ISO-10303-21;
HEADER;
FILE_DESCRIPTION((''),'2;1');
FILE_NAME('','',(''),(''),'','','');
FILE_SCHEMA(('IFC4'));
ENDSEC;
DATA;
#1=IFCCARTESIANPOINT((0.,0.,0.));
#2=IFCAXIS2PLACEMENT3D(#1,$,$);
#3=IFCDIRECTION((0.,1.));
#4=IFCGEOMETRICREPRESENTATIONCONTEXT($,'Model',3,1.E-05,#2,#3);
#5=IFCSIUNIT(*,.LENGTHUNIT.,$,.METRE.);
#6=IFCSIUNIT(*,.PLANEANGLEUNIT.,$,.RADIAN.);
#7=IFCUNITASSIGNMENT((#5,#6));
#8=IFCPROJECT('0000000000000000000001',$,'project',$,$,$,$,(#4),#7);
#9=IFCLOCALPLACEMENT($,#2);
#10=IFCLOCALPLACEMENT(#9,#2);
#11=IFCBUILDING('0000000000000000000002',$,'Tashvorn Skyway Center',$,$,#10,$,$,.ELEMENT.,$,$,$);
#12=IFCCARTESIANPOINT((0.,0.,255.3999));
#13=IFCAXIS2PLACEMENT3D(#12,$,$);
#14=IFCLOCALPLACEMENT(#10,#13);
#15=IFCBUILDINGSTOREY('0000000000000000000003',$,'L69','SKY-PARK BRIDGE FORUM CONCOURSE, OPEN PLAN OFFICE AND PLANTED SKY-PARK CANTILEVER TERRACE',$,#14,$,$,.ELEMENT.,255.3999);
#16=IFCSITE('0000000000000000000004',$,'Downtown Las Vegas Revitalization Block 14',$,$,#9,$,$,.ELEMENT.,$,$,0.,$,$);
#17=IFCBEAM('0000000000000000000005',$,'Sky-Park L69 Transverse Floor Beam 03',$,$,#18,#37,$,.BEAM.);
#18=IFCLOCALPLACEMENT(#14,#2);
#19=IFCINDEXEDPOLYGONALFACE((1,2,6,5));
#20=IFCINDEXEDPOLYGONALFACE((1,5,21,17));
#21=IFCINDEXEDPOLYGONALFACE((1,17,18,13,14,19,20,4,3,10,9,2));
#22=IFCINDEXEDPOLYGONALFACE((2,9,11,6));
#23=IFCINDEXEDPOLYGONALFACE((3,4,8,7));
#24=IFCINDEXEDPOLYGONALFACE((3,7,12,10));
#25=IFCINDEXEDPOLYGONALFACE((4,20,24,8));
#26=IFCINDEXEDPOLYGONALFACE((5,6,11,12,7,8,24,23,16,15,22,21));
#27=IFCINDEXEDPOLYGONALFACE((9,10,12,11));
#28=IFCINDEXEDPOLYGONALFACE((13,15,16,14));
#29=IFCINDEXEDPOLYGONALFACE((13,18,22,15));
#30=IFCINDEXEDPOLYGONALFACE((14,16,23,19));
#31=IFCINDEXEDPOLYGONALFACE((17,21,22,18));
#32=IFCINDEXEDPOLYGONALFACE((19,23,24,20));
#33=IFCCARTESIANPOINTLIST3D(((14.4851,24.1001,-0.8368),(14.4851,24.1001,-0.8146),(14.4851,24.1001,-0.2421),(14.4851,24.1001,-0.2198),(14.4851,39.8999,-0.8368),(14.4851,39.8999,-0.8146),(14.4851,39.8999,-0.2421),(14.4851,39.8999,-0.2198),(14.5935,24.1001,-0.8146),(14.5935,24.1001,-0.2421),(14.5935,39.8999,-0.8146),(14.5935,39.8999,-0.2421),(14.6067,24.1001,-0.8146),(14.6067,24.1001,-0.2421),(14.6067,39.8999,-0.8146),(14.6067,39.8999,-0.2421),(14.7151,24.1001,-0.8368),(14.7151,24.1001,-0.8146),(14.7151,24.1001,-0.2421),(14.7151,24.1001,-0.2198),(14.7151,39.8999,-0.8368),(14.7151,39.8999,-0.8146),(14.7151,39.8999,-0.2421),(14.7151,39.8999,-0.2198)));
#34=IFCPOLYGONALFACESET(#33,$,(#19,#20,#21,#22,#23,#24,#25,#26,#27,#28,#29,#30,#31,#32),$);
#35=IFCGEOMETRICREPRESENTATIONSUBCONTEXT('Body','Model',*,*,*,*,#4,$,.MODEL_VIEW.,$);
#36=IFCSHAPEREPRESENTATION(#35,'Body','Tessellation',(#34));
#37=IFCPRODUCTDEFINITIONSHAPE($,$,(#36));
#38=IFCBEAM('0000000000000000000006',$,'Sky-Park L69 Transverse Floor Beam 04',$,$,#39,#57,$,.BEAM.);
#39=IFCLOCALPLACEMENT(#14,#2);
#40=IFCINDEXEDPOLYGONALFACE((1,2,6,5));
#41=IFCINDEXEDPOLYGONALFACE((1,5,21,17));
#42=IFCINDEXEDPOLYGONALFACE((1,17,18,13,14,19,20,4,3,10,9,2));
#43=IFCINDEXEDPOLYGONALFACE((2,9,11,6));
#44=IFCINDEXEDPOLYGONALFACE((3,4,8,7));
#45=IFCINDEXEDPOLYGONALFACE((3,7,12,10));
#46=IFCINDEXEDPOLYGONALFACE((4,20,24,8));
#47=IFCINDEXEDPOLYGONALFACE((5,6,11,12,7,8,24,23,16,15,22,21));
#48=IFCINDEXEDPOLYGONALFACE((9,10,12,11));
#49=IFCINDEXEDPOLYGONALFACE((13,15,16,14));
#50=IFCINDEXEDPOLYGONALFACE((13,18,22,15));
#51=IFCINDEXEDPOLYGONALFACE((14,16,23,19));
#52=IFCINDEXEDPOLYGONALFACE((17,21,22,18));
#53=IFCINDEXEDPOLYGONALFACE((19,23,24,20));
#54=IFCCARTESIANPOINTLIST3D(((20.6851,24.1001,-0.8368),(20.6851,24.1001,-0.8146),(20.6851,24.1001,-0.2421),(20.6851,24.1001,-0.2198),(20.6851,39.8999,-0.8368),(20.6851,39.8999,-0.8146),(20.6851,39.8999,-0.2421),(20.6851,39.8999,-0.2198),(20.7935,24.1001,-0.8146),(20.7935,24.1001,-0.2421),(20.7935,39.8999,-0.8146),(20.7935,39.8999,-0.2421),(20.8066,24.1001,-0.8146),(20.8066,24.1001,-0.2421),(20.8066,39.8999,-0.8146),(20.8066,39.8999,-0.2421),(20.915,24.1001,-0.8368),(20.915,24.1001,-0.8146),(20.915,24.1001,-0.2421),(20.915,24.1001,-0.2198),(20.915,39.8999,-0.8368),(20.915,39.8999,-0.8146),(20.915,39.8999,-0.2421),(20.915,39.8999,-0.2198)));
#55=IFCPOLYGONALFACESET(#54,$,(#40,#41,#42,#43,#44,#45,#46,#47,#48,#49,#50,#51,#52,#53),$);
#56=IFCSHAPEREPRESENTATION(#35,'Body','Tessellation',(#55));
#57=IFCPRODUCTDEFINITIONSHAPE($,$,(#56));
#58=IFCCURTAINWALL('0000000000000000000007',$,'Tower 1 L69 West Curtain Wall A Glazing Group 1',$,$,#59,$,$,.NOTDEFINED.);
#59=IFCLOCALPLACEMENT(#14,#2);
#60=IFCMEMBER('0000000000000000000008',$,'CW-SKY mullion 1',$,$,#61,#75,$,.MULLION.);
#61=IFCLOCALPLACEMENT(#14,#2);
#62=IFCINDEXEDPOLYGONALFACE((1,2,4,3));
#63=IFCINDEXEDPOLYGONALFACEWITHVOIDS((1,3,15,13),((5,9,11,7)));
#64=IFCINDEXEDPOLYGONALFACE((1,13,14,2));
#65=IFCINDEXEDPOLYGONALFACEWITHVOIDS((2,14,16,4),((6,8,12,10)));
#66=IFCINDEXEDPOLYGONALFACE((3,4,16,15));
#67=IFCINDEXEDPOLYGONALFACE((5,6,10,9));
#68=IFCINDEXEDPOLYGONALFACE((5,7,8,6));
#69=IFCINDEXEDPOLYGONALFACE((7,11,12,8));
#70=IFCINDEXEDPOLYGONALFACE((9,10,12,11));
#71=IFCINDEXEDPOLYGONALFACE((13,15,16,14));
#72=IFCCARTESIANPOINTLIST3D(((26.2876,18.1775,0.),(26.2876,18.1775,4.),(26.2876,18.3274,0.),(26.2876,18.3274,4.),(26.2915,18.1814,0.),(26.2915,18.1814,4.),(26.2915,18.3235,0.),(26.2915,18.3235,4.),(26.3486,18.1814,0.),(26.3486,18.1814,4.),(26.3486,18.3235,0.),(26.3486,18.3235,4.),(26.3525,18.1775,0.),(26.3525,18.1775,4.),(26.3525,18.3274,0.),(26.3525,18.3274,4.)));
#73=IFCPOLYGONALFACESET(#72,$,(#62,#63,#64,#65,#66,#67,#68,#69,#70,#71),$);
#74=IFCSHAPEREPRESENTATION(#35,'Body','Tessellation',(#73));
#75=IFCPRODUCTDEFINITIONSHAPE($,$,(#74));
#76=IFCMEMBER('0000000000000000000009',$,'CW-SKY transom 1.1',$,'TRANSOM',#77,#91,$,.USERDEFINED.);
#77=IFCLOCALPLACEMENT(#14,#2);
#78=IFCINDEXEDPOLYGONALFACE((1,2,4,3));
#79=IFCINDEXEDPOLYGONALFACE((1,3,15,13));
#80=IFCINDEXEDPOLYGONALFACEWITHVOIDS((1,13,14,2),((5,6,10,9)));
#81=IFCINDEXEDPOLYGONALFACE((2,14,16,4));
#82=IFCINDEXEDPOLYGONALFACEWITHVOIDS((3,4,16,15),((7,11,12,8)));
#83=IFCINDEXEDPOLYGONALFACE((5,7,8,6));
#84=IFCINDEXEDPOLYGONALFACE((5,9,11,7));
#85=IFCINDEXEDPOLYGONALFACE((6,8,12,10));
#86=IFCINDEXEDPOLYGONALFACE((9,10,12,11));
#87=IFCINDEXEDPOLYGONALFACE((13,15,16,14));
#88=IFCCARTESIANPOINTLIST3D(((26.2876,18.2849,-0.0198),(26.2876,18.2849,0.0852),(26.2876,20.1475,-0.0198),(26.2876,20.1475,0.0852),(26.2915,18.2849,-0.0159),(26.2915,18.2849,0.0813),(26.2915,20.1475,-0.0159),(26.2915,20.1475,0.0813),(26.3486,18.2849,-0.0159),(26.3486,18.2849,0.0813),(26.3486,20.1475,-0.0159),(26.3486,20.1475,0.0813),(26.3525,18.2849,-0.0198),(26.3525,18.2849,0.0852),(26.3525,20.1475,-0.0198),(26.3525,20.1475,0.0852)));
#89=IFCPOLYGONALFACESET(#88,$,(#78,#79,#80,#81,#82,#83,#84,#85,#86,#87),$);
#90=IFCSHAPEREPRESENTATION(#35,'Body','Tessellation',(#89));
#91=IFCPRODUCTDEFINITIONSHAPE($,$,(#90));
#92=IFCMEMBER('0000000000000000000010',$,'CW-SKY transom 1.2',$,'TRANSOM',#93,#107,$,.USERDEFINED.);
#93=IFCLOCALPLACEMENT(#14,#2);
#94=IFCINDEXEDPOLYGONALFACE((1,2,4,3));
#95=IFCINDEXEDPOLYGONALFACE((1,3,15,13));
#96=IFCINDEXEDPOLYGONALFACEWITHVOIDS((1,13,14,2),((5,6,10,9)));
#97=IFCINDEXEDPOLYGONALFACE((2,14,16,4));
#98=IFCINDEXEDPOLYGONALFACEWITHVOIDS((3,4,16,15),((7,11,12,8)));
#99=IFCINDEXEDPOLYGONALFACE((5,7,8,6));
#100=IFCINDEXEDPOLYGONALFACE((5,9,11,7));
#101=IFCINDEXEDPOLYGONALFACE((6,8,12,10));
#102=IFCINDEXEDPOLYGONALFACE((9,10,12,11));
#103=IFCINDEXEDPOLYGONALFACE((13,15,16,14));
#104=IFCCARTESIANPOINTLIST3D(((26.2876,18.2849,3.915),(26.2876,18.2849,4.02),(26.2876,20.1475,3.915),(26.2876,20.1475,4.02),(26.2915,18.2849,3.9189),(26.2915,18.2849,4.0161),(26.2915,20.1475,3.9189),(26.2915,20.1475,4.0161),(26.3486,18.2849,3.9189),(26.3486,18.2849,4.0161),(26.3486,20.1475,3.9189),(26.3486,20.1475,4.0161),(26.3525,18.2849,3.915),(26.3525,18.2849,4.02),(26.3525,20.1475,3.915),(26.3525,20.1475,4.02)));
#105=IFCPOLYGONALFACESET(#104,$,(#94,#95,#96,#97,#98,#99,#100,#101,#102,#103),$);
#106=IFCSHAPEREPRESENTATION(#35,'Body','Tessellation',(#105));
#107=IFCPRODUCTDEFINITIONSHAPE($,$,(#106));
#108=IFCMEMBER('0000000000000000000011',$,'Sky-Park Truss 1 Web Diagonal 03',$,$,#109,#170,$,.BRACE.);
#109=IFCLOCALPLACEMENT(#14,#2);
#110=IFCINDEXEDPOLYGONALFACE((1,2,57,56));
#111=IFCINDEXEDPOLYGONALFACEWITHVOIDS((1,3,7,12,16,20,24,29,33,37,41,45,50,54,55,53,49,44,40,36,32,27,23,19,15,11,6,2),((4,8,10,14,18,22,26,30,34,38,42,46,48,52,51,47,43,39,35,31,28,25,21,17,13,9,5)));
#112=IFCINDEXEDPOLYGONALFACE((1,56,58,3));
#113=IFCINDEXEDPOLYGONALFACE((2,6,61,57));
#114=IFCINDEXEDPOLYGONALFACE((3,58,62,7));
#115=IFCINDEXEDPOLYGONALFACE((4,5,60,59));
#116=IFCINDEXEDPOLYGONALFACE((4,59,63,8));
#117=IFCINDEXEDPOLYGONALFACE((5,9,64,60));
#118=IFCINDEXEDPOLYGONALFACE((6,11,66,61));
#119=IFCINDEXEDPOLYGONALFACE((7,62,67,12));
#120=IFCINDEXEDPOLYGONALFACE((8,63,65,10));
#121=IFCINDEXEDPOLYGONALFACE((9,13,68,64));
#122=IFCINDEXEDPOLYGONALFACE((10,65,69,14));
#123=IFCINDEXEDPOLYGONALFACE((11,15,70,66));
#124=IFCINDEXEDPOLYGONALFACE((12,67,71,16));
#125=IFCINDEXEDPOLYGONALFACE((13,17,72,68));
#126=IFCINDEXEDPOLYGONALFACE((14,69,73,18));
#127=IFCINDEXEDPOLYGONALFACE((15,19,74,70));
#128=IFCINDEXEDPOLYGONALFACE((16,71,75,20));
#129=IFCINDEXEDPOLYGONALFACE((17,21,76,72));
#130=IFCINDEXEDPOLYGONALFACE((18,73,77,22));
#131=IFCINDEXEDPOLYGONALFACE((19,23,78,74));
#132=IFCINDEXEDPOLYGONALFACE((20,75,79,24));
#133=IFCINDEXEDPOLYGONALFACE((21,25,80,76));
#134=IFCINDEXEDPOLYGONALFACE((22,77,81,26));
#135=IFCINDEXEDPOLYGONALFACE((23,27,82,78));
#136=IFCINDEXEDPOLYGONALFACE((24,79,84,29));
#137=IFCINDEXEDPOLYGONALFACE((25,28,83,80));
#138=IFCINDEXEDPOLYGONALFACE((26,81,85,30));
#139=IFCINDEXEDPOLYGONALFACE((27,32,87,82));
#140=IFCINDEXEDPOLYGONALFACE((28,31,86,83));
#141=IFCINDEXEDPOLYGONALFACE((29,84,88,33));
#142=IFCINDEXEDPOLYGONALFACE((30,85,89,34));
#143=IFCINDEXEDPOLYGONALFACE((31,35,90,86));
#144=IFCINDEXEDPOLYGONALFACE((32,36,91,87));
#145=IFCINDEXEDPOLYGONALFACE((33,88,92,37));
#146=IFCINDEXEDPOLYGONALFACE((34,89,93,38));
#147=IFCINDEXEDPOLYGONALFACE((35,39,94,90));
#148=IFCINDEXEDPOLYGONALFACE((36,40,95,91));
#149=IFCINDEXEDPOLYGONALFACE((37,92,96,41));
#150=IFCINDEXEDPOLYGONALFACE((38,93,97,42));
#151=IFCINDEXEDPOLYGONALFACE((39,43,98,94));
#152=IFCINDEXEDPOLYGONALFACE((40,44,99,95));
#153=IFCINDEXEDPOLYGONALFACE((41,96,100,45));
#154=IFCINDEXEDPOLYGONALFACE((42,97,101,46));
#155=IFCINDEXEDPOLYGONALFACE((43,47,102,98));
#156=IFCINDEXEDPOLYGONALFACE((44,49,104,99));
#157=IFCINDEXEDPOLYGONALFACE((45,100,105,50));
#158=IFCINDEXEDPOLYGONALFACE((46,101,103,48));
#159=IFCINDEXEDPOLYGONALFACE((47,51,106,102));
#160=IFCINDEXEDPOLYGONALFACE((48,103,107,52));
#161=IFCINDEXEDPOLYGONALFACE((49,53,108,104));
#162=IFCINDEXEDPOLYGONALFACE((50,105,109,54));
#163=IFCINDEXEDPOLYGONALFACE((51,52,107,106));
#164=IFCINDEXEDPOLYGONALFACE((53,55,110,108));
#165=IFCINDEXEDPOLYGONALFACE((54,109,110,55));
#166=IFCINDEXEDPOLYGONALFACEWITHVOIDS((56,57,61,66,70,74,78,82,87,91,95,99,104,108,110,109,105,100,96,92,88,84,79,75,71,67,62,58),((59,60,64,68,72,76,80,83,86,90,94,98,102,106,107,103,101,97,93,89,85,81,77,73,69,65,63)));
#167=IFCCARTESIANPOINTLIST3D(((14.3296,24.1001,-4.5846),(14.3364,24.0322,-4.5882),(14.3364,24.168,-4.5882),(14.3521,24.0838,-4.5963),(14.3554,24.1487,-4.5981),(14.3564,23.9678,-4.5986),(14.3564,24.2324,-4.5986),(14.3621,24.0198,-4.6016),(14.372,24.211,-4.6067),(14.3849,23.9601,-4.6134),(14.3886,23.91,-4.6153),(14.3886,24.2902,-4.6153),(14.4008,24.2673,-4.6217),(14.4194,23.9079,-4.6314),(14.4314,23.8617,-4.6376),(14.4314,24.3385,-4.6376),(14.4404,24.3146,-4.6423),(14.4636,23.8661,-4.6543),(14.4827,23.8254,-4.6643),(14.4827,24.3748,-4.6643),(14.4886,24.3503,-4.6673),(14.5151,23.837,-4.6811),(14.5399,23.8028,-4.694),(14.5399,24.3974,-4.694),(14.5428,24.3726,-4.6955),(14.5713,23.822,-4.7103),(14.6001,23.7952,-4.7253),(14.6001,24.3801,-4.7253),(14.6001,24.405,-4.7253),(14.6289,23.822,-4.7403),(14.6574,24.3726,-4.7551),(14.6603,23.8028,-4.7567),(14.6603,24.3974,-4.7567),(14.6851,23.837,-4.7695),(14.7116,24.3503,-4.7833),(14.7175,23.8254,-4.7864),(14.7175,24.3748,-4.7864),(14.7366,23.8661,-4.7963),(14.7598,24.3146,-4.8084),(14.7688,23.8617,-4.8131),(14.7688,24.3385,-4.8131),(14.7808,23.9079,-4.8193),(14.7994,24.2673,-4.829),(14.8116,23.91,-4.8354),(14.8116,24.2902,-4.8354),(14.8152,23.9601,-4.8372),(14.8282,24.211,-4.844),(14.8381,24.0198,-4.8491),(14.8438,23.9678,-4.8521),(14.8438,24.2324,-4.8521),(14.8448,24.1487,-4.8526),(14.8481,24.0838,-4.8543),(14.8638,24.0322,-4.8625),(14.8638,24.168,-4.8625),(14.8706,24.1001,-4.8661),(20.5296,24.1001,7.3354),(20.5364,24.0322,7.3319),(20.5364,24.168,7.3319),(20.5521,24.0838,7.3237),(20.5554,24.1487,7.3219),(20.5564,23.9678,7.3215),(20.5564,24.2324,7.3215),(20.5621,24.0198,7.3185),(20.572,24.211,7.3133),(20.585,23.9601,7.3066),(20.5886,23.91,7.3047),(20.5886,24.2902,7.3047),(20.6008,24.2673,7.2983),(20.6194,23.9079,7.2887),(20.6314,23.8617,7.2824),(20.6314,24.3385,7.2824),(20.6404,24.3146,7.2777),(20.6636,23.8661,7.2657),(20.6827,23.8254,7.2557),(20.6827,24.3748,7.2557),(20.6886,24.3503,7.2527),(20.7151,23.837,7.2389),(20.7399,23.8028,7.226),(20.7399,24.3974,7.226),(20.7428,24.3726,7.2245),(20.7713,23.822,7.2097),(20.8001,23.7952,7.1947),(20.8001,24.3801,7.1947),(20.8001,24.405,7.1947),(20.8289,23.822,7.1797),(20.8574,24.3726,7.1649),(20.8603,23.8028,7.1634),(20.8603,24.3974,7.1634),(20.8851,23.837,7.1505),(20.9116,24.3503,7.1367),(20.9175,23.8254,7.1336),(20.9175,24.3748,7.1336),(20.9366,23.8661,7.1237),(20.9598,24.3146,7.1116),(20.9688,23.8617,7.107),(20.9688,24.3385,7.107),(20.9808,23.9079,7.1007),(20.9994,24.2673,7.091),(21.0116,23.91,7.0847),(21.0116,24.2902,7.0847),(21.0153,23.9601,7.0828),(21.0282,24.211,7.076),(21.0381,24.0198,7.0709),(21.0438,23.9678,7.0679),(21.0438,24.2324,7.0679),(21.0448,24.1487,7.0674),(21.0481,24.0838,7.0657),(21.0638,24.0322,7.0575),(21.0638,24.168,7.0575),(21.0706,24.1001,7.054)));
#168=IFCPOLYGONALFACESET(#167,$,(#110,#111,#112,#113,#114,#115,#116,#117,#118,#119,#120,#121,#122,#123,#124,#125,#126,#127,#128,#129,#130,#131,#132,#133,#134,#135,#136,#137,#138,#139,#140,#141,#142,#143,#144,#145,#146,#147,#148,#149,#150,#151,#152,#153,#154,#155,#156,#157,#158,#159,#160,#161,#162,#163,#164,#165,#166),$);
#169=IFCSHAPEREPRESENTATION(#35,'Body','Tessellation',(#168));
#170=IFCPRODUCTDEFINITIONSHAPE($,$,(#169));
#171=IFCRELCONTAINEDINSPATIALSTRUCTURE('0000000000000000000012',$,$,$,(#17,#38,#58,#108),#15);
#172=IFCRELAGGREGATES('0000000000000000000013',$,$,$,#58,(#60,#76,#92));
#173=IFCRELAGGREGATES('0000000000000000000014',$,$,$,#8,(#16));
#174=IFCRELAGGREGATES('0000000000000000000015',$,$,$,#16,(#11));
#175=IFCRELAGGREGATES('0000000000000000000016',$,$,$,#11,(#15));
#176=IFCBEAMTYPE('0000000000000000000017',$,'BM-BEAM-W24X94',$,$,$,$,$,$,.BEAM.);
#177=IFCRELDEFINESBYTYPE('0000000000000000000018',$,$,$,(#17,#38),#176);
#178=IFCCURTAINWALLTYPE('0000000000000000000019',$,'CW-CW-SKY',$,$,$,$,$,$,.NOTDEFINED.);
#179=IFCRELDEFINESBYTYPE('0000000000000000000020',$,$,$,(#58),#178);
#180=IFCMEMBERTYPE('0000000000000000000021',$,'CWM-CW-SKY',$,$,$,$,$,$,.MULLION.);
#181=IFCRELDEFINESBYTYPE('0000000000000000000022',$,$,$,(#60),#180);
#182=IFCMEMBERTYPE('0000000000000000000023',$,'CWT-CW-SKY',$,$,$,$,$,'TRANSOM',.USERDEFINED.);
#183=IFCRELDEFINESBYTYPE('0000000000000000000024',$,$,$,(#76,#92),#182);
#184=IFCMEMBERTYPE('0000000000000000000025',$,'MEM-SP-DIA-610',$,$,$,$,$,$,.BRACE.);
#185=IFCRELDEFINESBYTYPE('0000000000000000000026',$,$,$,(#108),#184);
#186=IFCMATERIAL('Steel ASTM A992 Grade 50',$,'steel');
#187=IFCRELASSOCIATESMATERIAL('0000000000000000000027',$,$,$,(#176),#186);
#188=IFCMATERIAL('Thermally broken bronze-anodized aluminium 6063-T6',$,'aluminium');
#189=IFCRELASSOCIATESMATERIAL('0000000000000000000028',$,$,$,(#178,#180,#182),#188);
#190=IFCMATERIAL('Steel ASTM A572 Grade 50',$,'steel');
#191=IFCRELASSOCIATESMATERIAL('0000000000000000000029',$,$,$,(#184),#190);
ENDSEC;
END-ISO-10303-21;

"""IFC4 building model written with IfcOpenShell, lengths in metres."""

from ifc_helpers import new_model, si_unit, direction, frame, origin, origin_2d, place, context, subcontext, project, spatial, hollow_rectangle, hollow_circle, i_section, extrude, material, material_profile, profile_set, type_object, element, aggregate, save


model = new_model("IFC4")

# Units and contexts
model_context = context("Model", 3, precision=1e-05, world=origin(), true_north=direction((0.0, 1.0)))
body_context = subcontext(model_context, "Body", "Model", "MODEL_VIEW")
ifc_project = project(units=[si_unit("LENGTHUNIT", "METRE"), si_unit("PLANEANGLEUNIT", "RADIAN")], contexts=[model_context])

# Site, building, storey
site_placement = place(None, origin())
site = spatial("IfcSite", under=ifc_project, at=site_placement, Name="Downtown Las Vegas Revitalization Block 14", CompositionType="ELEMENT", RefElevation=0.0)
building_placement = place(site_placement, origin())
building = spatial("IfcBuilding", under=site, at=building_placement, Name="Tashvorn Skyway Center", CompositionType="ELEMENT")
storey_placement = place(building_placement, frame((0.0, 0.0, 255.3999)))
storey = spatial("IfcBuildingStorey", under=building, at=storey_placement, Name="L69", Description="SKY-PARK BRIDGE FORUM CONCOURSE, OPEN PLAN OFFICE AND PLANTED SKY-PARK CANTILEVER TERRACE", CompositionType="ELEMENT", Elevation=255.3999)

# Beams
ifc_material_1 = material(Name="Steel ASTM A992 Grade 50", Category="steel")
ifc_material_profile_1 = material_profile(ifc_material_1, i_section(OverallWidth=0.23, OverallDepth=0.6169, WebThickness=0.0132, FlangeThickness=0.0222, at=origin_2d()), Name="W24X94")
ifc_profile_set_1 = profile_set([ifc_material_profile_1], Name="Steel ASTM A992 Grade 50")
beam_type = type_object("IfcBeamType", Name="BM-BEAM-W24X94", PredefinedType="BEAM", material=ifc_profile_set_1)
for number, where, z_axis, x_axis, name in (
    (1, (14.6001, 24.1001, -0.5283), (0.0, 1.0, 0.0), (-1.0, 0.0, 0.0), "Sky-Park L69 Transverse Floor Beam 03"),
    (2, (20.8, 24.1001, -0.5283), (0.0, 1.0, 0.0), (-1.0, 0.0, 0.0), "Sky-Park L69 Transverse Floor Beam 04"),
):
    element("IfcBeam", number, at=place(storey_placement, frame(where, z_axis=z_axis, x_axis=x_axis)), inside=storey, type_object=beam_type, Name=name, PredefinedType="BEAM", context=body_context, shape_type="SweptSolid", body=[
        extrude(i_section(OverallWidth=0.23, OverallDepth=0.6169, WebThickness=0.0132, FlangeThickness=0.0222, at=origin_2d()), origin(), (0.0, 0.0, 1.0), 15.7998),
    ])

# Curtain wall, members
ifc_material_2 = material(Name="Thermally broken bronze-anodized aluminium 6063-T6", Category="aluminium")
curtain_wall_type = type_object("IfcCurtainWallType", Name="CW-CW-SKY", PredefinedType="NOTDEFINED", material=ifc_material_2)
curtain_wall_placement = place(storey_placement, origin())
curtain_wall = element("IfcCurtainWall", 3, at=curtain_wall_placement, inside=storey, type_object=curtain_wall_type, Name="Tower 1 L69 West Curtain Wall A Glazing Group 1", PredefinedType="NOTDEFINED")
ifc_material_profile_2 = material_profile(ifc_material_2, hollow_rectangle(XDim=0.0649, YDim=0.1499, WallThickness=0.0039, at=origin_2d()), Name="ALU-MULL-65x150")
ifc_profile_set_2 = profile_set([ifc_material_profile_2], Name="Thermally broken bronze-anodized aluminium 6063-T6")
member_type_1 = type_object("IfcMemberType", Name="CWM-CW-SKY", PredefinedType="MULLION", material=ifc_profile_set_2)
member_1_placement = place(storey_placement, frame((26.3201, 18.2524, 0.0), z_axis=(0.0, 0.0, 1.0), x_axis=(-1.0, 0.0, 0.0)))
member_1 = element("IfcMember", 4, at=member_1_placement, type_object=member_type_1, Name="CW-SKY mullion 1", PredefinedType="MULLION", context=body_context, shape_type="SweptSolid", body=[
    extrude(hollow_rectangle(XDim=0.0649, YDim=0.1499, WallThickness=0.0039, at=origin_2d()), origin(), (0.0, 0.0, 1.0), 4.0),
])
ifc_material_profile_3 = material_profile(ifc_material_2, hollow_rectangle(XDim=0.0649, YDim=0.105, WallThickness=0.0039, at=origin_2d()), Name="ALU-TRAN-65x105")
ifc_profile_set_3 = profile_set([ifc_material_profile_3], Name="Thermally broken bronze-anodized aluminium 6063-T6")
member_type_2 = type_object("IfcMemberType", Name="CWT-CW-SKY", ElementType="TRANSOM", PredefinedType="USERDEFINED", material=ifc_profile_set_3)
member_2_placement = place(storey_placement, frame((26.3201, 18.2849, 0.0327), z_axis=(0.0, 1.0, 0.0), x_axis=(-1.0, 0.0, 0.0)))
member_2 = element("IfcMember", 5, at=member_2_placement, type_object=member_type_2, Name="CW-SKY transom 1.1", ObjectType="TRANSOM", PredefinedType="USERDEFINED", context=body_context, shape_type="SweptSolid", body=[
    extrude(hollow_rectangle(XDim=0.0649, YDim=0.105, WallThickness=0.0039, at=origin_2d()), origin(), (0.0, 0.0, 1.0), 1.8625),
])
member_3_placement = place(storey_placement, frame((26.3201, 18.2849, 3.9675), z_axis=(0.0, 1.0, 0.0), x_axis=(-1.0, 0.0, 0.0)))
member_3 = element("IfcMember", 6, at=member_3_placement, type_object=member_type_2, Name="CW-SKY transom 1.2", ObjectType="TRANSOM", PredefinedType="USERDEFINED", context=body_context, shape_type="SweptSolid", body=[
    extrude(hollow_rectangle(XDim=0.0649, YDim=0.105, WallThickness=0.0039, at=origin_2d()), origin(), (0.0, 0.0, 1.0), 1.8625),
])

# Member
ifc_material_3 = material(Name="Steel ASTM A572 Grade 50", Category="steel")
ifc_material_profile_4 = material_profile(ifc_material_3, hollow_circle(Radius=0.3049, WallThickness=0.0249, at=origin_2d()), Name="CHS610x25")
ifc_profile_set_4 = profile_set([ifc_material_profile_4], Name="Steel ASTM A572 Grade 50")
member_type_3 = type_object("IfcMemberType", Name="MEM-SP-DIA-610", PredefinedType="BRACE", material=ifc_profile_set_4)
member_4_placement = place(storey_placement, frame((14.6001, 24.1001, -4.7253), z_axis=(0.461446, 0.0, 0.887168), x_axis=(0.0, 1.0, 0.0)))
element("IfcMember", 7, at=member_4_placement, inside=storey, type_object=member_type_3, Name="Sky-Park Truss 1 Web Diagonal 03", PredefinedType="BRACE", context=body_context, shape_type="SweptSolid", body=[
    extrude(hollow_circle(Radius=0.3049, WallThickness=0.0249, at=origin_2d()), origin(), (0.0, 0.0, 1.0), 13.436),
])

aggregate(curtain_wall, [member_1, member_2, member_3])

save(model, "model.ifc")
